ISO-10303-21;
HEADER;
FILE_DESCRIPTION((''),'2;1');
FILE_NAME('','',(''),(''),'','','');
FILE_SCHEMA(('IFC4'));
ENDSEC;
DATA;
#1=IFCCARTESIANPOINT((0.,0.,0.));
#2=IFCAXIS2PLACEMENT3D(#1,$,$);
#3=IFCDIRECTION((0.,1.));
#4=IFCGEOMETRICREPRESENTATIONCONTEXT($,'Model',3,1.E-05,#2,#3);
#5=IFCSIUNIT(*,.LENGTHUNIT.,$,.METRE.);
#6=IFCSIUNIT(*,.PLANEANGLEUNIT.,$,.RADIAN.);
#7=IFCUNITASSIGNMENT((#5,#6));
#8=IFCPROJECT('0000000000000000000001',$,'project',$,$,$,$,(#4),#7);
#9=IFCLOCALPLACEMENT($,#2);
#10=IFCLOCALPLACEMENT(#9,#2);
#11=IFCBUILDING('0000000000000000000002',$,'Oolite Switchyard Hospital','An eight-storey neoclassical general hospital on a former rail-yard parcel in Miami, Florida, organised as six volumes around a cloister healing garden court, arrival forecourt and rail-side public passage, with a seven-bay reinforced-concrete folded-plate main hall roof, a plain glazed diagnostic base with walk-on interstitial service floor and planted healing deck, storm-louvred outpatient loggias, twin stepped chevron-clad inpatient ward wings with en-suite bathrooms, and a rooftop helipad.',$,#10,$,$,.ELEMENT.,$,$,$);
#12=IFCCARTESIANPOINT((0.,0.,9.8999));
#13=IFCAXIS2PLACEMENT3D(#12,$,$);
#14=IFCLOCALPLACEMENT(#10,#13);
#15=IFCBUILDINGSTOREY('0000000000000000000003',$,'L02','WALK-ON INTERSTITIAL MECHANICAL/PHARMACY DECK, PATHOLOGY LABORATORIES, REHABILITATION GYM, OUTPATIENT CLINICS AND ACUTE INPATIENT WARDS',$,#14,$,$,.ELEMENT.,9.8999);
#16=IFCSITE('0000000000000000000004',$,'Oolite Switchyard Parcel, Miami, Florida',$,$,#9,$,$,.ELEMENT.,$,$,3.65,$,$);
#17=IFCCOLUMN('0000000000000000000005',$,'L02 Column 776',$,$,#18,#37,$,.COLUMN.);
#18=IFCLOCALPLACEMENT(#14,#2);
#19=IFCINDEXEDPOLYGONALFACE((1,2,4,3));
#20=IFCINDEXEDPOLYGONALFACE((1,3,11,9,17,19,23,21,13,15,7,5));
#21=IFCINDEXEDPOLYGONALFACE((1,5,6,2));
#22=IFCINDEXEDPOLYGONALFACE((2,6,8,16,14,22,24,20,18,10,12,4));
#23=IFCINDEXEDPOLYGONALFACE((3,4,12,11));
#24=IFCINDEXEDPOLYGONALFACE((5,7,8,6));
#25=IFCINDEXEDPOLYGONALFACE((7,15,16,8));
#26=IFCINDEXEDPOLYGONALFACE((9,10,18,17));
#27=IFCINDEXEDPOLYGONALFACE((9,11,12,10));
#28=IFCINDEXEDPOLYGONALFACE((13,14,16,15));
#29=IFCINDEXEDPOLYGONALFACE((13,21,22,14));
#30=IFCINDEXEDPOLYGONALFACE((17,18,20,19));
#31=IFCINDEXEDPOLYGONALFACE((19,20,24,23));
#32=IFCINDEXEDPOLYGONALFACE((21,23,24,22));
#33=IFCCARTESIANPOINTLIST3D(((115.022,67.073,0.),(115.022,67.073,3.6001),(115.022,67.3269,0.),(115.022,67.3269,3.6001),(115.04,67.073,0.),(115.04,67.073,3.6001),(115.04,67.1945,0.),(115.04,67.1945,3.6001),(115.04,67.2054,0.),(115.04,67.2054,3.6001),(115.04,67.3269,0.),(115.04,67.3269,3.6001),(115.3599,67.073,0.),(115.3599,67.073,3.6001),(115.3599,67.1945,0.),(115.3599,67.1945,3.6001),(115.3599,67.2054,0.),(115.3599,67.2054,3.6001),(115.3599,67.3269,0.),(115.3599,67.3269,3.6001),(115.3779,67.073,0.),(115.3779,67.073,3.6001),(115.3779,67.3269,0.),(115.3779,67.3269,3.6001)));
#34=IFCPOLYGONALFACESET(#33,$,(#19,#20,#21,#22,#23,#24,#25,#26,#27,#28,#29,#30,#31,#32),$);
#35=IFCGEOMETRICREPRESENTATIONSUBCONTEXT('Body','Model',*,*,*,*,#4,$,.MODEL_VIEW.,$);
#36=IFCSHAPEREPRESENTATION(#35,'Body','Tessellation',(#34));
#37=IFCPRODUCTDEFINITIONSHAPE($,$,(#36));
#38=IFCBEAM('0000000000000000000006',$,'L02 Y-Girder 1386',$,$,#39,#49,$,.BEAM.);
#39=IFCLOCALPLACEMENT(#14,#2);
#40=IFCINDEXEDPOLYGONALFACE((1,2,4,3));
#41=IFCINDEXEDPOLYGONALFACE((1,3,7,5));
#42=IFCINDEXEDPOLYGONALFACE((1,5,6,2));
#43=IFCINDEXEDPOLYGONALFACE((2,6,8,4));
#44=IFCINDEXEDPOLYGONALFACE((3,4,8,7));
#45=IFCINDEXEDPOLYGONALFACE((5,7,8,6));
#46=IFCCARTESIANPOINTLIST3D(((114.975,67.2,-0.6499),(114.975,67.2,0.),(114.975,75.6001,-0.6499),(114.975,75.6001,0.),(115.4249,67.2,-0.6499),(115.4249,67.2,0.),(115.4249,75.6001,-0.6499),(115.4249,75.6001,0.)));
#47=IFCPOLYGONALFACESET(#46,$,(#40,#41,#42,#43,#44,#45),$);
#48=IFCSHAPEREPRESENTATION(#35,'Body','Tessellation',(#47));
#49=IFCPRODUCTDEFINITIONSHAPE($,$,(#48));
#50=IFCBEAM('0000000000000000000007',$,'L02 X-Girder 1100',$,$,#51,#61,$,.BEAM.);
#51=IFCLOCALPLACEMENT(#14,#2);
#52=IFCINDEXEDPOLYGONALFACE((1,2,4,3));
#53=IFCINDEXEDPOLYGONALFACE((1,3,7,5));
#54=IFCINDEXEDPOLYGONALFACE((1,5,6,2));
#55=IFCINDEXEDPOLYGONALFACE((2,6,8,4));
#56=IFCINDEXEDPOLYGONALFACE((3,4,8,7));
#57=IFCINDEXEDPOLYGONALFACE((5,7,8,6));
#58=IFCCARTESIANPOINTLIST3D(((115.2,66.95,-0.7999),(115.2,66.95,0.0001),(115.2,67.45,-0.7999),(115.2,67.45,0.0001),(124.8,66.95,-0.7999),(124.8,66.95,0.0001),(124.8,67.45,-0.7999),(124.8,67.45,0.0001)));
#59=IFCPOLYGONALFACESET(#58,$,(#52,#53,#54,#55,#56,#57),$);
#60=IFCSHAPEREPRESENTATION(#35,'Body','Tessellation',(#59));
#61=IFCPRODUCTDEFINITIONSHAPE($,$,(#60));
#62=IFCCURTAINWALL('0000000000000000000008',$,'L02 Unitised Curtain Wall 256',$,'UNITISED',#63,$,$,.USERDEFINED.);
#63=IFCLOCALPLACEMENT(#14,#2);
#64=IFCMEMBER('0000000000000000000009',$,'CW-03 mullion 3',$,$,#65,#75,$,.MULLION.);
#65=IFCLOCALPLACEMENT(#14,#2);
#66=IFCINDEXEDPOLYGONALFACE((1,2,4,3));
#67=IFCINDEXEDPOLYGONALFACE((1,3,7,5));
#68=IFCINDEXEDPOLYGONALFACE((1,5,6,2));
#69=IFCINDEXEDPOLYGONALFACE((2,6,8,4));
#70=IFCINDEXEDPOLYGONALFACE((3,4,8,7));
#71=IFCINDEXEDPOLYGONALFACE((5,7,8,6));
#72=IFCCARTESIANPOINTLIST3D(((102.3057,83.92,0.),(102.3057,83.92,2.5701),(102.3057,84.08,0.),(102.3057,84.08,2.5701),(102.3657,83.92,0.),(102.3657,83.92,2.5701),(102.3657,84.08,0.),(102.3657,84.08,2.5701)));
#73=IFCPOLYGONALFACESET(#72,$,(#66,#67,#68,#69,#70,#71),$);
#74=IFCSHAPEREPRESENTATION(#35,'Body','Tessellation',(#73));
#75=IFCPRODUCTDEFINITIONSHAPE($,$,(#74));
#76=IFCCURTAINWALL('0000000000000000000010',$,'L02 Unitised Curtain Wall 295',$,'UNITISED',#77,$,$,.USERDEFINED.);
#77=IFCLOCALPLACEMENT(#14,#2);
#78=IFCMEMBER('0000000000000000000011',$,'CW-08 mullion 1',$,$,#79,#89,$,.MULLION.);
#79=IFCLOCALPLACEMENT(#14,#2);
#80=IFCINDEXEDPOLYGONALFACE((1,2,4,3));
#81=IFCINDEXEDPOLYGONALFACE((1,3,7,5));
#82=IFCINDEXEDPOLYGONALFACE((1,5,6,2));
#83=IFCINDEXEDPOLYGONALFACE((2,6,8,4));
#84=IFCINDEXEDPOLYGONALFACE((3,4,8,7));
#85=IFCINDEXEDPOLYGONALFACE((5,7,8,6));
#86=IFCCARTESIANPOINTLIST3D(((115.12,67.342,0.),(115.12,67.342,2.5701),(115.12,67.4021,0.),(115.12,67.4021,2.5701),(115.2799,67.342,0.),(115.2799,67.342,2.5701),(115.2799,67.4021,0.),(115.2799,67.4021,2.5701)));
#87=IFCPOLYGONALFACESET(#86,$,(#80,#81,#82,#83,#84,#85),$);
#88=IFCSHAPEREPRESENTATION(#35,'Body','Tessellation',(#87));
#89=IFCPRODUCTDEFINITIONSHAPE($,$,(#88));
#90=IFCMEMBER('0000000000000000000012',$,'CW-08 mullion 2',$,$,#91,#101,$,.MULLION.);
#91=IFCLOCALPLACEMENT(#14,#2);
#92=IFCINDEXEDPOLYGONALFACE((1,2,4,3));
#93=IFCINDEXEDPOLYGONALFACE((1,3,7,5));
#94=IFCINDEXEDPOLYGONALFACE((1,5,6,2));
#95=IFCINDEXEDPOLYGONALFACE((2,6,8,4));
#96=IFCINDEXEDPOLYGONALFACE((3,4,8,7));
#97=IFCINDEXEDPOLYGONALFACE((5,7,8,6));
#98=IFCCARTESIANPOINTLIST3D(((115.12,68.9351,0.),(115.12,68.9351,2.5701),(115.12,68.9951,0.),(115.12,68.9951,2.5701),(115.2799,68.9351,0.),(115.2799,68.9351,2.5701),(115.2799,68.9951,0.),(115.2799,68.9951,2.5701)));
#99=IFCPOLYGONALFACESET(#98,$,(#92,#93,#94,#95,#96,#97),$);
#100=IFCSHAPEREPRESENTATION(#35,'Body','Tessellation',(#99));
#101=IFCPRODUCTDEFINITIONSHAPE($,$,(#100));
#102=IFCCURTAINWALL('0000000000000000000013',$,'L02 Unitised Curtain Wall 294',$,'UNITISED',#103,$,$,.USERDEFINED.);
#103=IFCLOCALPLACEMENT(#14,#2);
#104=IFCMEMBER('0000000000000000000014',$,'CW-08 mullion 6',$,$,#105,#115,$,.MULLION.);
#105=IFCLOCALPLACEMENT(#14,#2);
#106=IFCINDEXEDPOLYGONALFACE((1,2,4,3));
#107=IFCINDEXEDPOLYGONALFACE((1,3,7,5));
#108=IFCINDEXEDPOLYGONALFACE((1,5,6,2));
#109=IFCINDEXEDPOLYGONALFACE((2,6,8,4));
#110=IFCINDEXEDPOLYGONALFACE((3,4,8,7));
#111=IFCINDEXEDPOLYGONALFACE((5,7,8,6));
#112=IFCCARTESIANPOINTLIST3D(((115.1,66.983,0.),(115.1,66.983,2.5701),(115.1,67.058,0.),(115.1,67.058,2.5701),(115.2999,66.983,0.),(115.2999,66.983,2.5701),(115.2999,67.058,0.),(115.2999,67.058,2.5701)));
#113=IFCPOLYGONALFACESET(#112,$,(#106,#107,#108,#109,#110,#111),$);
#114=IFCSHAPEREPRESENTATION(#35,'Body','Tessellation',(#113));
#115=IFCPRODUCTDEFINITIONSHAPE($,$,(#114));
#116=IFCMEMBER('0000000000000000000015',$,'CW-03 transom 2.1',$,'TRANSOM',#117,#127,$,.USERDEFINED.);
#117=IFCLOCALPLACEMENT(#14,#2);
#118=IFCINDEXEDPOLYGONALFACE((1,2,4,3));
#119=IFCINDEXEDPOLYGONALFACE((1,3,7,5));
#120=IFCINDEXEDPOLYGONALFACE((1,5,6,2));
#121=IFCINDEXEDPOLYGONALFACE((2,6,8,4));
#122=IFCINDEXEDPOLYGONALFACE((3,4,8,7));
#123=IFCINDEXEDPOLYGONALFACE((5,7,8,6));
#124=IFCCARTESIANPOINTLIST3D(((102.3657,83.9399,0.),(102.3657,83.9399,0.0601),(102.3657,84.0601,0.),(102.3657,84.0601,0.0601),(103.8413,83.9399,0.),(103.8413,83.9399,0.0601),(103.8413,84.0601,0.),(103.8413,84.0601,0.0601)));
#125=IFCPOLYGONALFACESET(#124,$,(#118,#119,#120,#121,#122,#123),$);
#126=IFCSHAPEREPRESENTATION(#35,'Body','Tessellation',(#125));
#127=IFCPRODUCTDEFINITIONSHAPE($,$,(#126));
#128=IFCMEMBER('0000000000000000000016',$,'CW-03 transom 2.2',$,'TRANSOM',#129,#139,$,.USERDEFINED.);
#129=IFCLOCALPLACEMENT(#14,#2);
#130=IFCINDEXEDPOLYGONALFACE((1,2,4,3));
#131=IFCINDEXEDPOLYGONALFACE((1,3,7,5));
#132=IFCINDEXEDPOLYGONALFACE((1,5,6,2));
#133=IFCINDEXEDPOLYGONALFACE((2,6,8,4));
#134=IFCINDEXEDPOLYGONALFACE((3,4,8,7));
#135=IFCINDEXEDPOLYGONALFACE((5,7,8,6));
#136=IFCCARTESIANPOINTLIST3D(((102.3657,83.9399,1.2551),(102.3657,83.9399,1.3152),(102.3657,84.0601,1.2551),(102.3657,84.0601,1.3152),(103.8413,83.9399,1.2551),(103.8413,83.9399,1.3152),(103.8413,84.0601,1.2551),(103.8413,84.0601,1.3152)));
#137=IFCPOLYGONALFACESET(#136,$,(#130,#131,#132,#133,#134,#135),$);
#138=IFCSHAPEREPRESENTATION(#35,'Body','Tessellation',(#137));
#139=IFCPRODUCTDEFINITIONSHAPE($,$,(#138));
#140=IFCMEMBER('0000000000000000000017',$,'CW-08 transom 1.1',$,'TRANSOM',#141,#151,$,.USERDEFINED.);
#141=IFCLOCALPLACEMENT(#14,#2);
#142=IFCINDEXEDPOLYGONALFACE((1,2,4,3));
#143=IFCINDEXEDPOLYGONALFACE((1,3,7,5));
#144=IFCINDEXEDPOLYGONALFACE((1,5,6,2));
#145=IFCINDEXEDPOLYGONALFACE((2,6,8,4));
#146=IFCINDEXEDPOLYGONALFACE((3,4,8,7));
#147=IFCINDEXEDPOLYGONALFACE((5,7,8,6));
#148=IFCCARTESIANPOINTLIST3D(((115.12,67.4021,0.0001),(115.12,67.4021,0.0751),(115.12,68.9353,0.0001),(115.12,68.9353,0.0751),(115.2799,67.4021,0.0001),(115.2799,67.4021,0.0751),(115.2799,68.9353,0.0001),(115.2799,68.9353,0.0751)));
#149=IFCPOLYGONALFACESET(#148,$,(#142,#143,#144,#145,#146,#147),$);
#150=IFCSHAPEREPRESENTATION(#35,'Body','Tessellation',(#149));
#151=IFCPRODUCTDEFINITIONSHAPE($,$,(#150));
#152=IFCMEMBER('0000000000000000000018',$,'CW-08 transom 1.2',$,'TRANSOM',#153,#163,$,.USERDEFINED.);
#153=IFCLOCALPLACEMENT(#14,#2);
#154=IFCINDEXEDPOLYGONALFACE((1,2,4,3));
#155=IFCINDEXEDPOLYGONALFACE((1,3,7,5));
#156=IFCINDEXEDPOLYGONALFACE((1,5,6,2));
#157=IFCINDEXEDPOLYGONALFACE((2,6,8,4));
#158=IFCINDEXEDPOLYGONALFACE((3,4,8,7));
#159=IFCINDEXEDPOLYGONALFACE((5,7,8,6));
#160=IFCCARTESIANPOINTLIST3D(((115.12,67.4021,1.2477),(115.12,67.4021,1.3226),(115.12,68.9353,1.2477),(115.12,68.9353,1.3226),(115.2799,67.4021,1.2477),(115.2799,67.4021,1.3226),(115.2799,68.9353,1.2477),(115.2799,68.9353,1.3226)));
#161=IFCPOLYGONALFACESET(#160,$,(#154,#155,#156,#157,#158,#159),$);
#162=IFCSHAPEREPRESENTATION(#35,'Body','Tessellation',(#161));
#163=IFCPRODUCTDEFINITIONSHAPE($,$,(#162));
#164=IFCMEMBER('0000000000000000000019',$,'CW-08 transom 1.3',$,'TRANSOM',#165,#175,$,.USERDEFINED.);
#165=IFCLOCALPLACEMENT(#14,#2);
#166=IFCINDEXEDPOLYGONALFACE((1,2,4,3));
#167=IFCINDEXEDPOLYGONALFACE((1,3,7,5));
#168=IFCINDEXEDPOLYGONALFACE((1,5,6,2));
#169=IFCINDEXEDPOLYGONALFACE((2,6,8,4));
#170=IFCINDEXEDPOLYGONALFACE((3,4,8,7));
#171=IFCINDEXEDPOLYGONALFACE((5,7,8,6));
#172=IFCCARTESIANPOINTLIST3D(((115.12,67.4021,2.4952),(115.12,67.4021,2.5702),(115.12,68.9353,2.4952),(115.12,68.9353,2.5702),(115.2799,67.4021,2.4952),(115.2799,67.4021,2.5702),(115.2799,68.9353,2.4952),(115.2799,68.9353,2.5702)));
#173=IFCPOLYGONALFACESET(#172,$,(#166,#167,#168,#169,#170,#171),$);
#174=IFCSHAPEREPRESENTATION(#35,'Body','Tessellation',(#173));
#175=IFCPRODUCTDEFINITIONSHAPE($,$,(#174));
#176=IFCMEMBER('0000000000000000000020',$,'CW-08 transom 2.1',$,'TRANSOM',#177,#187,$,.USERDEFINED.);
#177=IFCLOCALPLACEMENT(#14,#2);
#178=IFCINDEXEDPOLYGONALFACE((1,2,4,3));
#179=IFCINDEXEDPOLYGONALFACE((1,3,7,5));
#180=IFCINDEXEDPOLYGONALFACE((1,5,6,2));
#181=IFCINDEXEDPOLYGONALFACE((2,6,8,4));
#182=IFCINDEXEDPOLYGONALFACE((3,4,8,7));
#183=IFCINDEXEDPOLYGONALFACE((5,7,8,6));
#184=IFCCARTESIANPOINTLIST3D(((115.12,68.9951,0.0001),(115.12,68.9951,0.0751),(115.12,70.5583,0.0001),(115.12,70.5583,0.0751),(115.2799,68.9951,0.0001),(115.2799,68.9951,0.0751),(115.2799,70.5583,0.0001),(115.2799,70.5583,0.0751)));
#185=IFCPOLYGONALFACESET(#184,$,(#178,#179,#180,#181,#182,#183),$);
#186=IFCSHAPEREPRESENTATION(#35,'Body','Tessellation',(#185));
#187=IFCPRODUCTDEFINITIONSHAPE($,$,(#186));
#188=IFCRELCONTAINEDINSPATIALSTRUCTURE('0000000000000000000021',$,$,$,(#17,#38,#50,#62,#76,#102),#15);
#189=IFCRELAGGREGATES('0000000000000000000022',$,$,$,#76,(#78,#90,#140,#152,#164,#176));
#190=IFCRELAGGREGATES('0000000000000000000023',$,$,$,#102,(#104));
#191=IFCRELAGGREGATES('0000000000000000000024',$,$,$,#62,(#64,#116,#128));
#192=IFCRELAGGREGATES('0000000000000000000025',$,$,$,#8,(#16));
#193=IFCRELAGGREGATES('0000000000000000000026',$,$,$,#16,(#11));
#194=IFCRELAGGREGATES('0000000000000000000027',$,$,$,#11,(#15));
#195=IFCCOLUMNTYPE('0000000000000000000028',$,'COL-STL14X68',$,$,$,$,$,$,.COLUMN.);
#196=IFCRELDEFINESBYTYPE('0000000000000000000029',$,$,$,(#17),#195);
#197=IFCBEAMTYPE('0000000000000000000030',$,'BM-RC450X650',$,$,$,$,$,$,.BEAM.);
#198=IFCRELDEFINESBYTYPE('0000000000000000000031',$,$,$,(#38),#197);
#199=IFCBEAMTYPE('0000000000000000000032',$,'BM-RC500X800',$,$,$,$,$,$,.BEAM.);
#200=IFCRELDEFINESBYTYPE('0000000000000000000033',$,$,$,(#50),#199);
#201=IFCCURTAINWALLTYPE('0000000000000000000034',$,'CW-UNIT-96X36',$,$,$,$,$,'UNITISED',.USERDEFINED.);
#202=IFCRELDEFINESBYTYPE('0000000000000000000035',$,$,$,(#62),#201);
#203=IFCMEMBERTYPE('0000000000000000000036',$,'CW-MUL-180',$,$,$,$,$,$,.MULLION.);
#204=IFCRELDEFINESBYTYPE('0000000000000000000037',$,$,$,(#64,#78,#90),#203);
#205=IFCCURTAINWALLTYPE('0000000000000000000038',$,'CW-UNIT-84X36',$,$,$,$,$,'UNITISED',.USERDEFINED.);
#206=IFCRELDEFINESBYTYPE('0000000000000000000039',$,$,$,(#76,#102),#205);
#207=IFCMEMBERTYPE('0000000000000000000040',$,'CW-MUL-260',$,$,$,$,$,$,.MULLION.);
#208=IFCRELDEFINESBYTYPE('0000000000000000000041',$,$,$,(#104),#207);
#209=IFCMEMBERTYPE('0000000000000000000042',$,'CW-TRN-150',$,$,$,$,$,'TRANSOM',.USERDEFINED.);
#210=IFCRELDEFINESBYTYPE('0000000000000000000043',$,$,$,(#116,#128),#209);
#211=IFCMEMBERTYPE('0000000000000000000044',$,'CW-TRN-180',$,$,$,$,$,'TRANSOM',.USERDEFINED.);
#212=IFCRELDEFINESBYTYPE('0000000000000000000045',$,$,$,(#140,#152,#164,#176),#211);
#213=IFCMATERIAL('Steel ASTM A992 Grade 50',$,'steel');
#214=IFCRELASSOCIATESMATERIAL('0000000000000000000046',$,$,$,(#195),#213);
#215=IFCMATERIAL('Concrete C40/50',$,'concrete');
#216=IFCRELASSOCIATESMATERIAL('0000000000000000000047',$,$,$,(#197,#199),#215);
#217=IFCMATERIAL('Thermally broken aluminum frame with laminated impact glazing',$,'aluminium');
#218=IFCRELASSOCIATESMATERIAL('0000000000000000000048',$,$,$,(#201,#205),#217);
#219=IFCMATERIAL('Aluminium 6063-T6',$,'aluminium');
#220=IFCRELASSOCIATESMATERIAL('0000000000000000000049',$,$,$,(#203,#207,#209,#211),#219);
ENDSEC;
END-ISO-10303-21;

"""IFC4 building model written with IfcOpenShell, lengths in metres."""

from ifc_helpers import new_model, si_unit, direction, frame, origin, origin_2d, place, context, subcontext, project, spatial, rectangle, i_section, extrude, material, material_profile, profile_set, type_object, element, aggregate, save


model = new_model("IFC4")

# Units and contexts
model_context = context("Model", 3, precision=1e-05, world=origin(), true_north=direction((0.0, 1.0)))
body_context = subcontext(model_context, "Body", "Model", "MODEL_VIEW")
ifc_project = project(units=[si_unit("LENGTHUNIT", "METRE"), si_unit("PLANEANGLEUNIT", "RADIAN")], contexts=[model_context])

# Site, building, storey
site_placement = place(None, origin())
site = spatial("IfcSite", under=ifc_project, at=site_placement, Name="Oolite Switchyard Parcel, Miami, Florida", CompositionType="ELEMENT", RefElevation=3.65)
building_placement = place(site_placement, origin())
building = spatial("IfcBuilding", under=site, at=building_placement, Name="Oolite Switchyard Hospital", Description="An eight-storey neoclassical general hospital on a former rail-yard parcel in Miami, Florida, organised as six volumes around a cloister healing garden court, arrival forecourt and rail-side public passage, with a seven-bay reinforced-concrete folded-plate main hall roof, a plain glazed diagnostic base with walk-on interstitial service floor and planted healing deck, storm-louvred outpatient loggias, twin stepped chevron-clad inpatient ward wings with en-suite bathrooms, and a rooftop helipad.", CompositionType="ELEMENT")
storey_placement = place(building_placement, frame((0.0, 0.0, 9.8999)))
storey = spatial("IfcBuildingStorey", under=building, at=storey_placement, Name="L02", Description="WALK-ON INTERSTITIAL MECHANICAL/PHARMACY DECK, PATHOLOGY LABORATORIES, REHABILITATION GYM, OUTPATIENT CLINICS AND ACUTE INPATIENT WARDS", CompositionType="ELEMENT", Elevation=9.8999)

# Column
ifc_material_1 = material(Name="Steel ASTM A992 Grade 50", Category="steel")
ifc_material_profile_1 = material_profile(ifc_material_1, i_section(OverallWidth=0.2539, OverallDepth=0.356, WebThickness=0.011, FlangeThickness=0.0181, at=origin_2d()), Name="W14X68")
ifc_profile_set_1 = profile_set([ifc_material_profile_1], Name="Steel ASTM A992 Grade 50")
column_type = type_object("IfcColumnType", Name="COL-STL14X68", PredefinedType="COLUMN", material=ifc_profile_set_1)
column_placement = place(storey_placement, frame((115.2, 67.2, 0.0), z_axis=(0.0, 0.0, 1.0), x_axis=(0.0, -1.0, 0.0)))
element("IfcColumn", 1, at=column_placement, inside=storey, type_object=column_type, Name="L02 Column 776", PredefinedType="COLUMN", context=body_context, shape_type="SweptSolid", body=[
    extrude(i_section(OverallWidth=0.2539, OverallDepth=0.356, WebThickness=0.011, FlangeThickness=0.0181, at=origin_2d()), origin(), (0.0, 0.0, 1.0), 3.6001),
])

# Beams
ifc_material_2 = material(Name="Concrete C40/50", Category="concrete")
ifc_material_profile_2 = material_profile(ifc_material_2, rectangle(XDim=0.45, YDim=0.6499, at=origin_2d()), Name="RCB450X650")
ifc_profile_set_2 = profile_set([ifc_material_profile_2], Name="Concrete C40/50")
beam_type_1 = type_object("IfcBeamType", Name="BM-RC450X650", PredefinedType="BEAM", material=ifc_profile_set_2)
beam_1_placement = place(storey_placement, frame((115.2, 67.2, -0.325), z_axis=(0.0, 1.0, 0.0), x_axis=(-1.0, 0.0, 0.0)))
element("IfcBeam", 2, at=beam_1_placement, inside=storey, type_object=beam_type_1, Name="L02 Y-Girder 1386", PredefinedType="BEAM", context=body_context, shape_type="SweptSolid", body=[
    extrude(rectangle(XDim=0.45, YDim=0.6499, at=origin_2d()), origin(), (0.0, 0.0, 1.0), 8.4001),
])
ifc_material_profile_3 = material_profile(ifc_material_2, rectangle(XDim=0.5, YDim=0.8, at=origin_2d()), Name="RCB500X800")
ifc_profile_set_3 = profile_set([ifc_material_profile_3], Name="Concrete C40/50")
beam_type_2 = type_object("IfcBeamType", Name="BM-RC500X800", PredefinedType="BEAM", material=ifc_profile_set_3)
beam_2_placement = place(storey_placement, frame((115.2, 67.2, -0.3999), z_axis=(1.0, 0.0, 0.0), x_axis=(0.0, 1.0, 0.0)))
element("IfcBeam", 3, at=beam_2_placement, inside=storey, type_object=beam_type_2, Name="L02 X-Girder 1100", PredefinedType="BEAM", context=body_context, shape_type="SweptSolid", body=[
    extrude(rectangle(XDim=0.5, YDim=0.8, at=origin_2d()), origin(), (0.0, 0.0, 1.0), 9.6001),
])

# Curtain wall, member
ifc_material_3 = material(Name="Thermally broken aluminum frame with laminated impact glazing", Category="aluminium")
curtain_wall_type_1 = type_object("IfcCurtainWallType", Name="CW-UNIT-96X36", ElementType="UNITISED", PredefinedType="USERDEFINED", material=ifc_material_3)
curtain_wall_1_placement = place(storey_placement, origin())
curtain_wall_1 = element("IfcCurtainWall", 4, at=curtain_wall_1_placement, inside=storey, type_object=curtain_wall_type_1, Name="L02 Unitised Curtain Wall 256", ObjectType="UNITISED", PredefinedType="USERDEFINED")
ifc_material_4 = material(Name="Aluminium 6063-T6", Category="aluminium")
ifc_material_profile_4 = material_profile(ifc_material_4, rectangle(XDim=0.1599, YDim=0.0601, at=origin_2d()), Name="CWM60X160")
ifc_profile_set_4 = profile_set([ifc_material_profile_4], Name="Aluminium 6063-T6")
member_type_1 = type_object("IfcMemberType", Name="CW-MUL-180", PredefinedType="MULLION", material=ifc_profile_set_4)
member_1_placement = place(storey_placement, frame((102.3357, 84.0, 0.0), z_axis=(0.0, 0.0, 1.0), x_axis=(0.0, -1.0, 0.0)))
member_1 = element("IfcMember", 5, at=member_1_placement, type_object=member_type_1, Name="CW-03 mullion 3", PredefinedType="MULLION", context=body_context, shape_type="SweptSolid", body=[
    extrude(rectangle(XDim=0.1599, YDim=0.0601, at=origin_2d()), origin(), (0.0, 0.0, 1.0), 2.5701),
])

# Curtain wall, members
curtain_wall_type_2 = type_object("IfcCurtainWallType", Name="CW-UNIT-84X36", ElementType="UNITISED", PredefinedType="USERDEFINED", material=ifc_material_3)
curtain_wall_2_placement = place(storey_placement, origin())
curtain_wall_2 = element("IfcCurtainWall", 6, at=curtain_wall_2_placement, inside=storey, type_object=curtain_wall_type_2, Name="L02 Unitised Curtain Wall 295", ObjectType="UNITISED", PredefinedType="USERDEFINED")
member_2_placement = place(storey_placement, frame((115.2, 67.3721, 0.0), z_axis=(0.0, 0.0, 1.0), x_axis=(-1.0, 0.0, 0.0)))
member_2 = element("IfcMember", 7, at=member_2_placement, type_object=member_type_1, Name="CW-08 mullion 1", PredefinedType="MULLION", context=body_context, shape_type="SweptSolid", body=[
    extrude(rectangle(XDim=0.1599, YDim=0.0601, at=origin_2d()), origin(), (0.0, 0.0, 1.0), 2.5701),
])
member_3_placement = place(storey_placement, frame((115.2, 68.9651, 0.0), z_axis=(0.0, 0.0, 1.0), x_axis=(-1.0, 0.0, 0.0)))
member_3 = element("IfcMember", 8, at=member_3_placement, type_object=member_type_1, Name="CW-08 mullion 2", PredefinedType="MULLION", context=body_context, shape_type="SweptSolid", body=[
    extrude(rectangle(XDim=0.1599, YDim=0.0601, at=origin_2d()), origin(), (0.0, 0.0, 1.0), 2.5701),
])

# Curtain wall, member
curtain_wall_3_placement = place(storey_placement, origin())
curtain_wall_3 = element("IfcCurtainWall", 9, at=curtain_wall_3_placement, inside=storey, type_object=curtain_wall_type_2, Name="L02 Unitised Curtain Wall 294", ObjectType="UNITISED", PredefinedType="USERDEFINED")
ifc_material_profile_5 = material_profile(ifc_material_4, rectangle(XDim=0.2, YDim=0.075, at=origin_2d()), Name="CWM75X200")
ifc_profile_set_5 = profile_set([ifc_material_profile_5], Name="Aluminium 6063-T6")
member_type_2 = type_object("IfcMemberType", Name="CW-MUL-260", PredefinedType="MULLION", material=ifc_profile_set_5)
member_4_placement = place(storey_placement, frame((115.2, 67.0205, 0.0), z_axis=(0.0, 0.0, 1.0), x_axis=(-1.0, 0.0, 0.0)))
member_4 = element("IfcMember", 10, at=member_4_placement, type_object=member_type_2, Name="CW-08 mullion 6", PredefinedType="MULLION", context=body_context, shape_type="SweptSolid", body=[
    extrude(rectangle(XDim=0.2, YDim=0.075, at=origin_2d()), origin(), (0.0, 0.0, 1.0), 2.5701),
])

# Members
ifc_material_profile_6 = material_profile(ifc_material_4, rectangle(XDim=0.1201, YDim=0.0601, at=origin_2d()), Name="CWT60X120")
ifc_profile_set_6 = profile_set([ifc_material_profile_6], Name="Aluminium 6063-T6")
member_type_3 = type_object("IfcMemberType", Name="CW-TRN-150", ElementType="TRANSOM", PredefinedType="USERDEFINED", material=ifc_profile_set_6)
member_5_placement = place(storey_placement, frame((103.8413, 84.0, 0.03), z_axis=(-1.0, 0.0, 0.0), x_axis=(0.0, -1.0, 0.0)))
member_5 = element("IfcMember", 11, at=member_5_placement, type_object=member_type_3, Name="CW-03 transom 2.1", ObjectType="TRANSOM", PredefinedType="USERDEFINED", context=body_context, shape_type="SweptSolid", body=[
    extrude(rectangle(XDim=0.1201, YDim=0.0601, at=origin_2d()), origin(), (0.0, 0.0, 1.0), 1.4756),
])
member_6_placement = place(storey_placement, frame((103.8413, 84.0, 1.2852), z_axis=(-1.0, 0.0, 0.0), x_axis=(0.0, -1.0, 0.0)))
member_6 = element("IfcMember", 12, at=member_6_placement, type_object=member_type_3, Name="CW-03 transom 2.2", ObjectType="TRANSOM", PredefinedType="USERDEFINED", context=body_context, shape_type="SweptSolid", body=[
    extrude(rectangle(XDim=0.1201, YDim=0.0601, at=origin_2d()), origin(), (0.0, 0.0, 1.0), 1.4756),
])
ifc_material_profile_7 = material_profile(ifc_material_4, rectangle(XDim=0.1599, YDim=0.075, at=origin_2d()), Name="CWT75X160")
ifc_profile_set_7 = profile_set([ifc_material_profile_7], Name="Aluminium 6063-T6")
member_type_4 = type_object("IfcMemberType", Name="CW-TRN-180", ElementType="TRANSOM", PredefinedType="USERDEFINED", material=ifc_profile_set_7)
member_7_placement = place(storey_placement, frame((115.2, 67.4021, 0.0376), z_axis=(0.0, 1.0, 0.0), x_axis=(-1.0, 0.0, 0.0)))
member_7 = element("IfcMember", 13, at=member_7_placement, type_object=member_type_4, Name="CW-08 transom 1.1", ObjectType="TRANSOM", PredefinedType="USERDEFINED", context=body_context, shape_type="SweptSolid", body=[
    extrude(rectangle(XDim=0.1599, YDim=0.075, at=origin_2d()), origin(), (0.0, 0.0, 1.0), 1.5332),
])
member_8_placement = place(storey_placement, frame((115.2, 67.4021, 1.2852), z_axis=(0.0, 1.0, 0.0), x_axis=(-1.0, 0.0, 0.0)))
member_8 = element("IfcMember", 14, at=member_8_placement, type_object=member_type_4, Name="CW-08 transom 1.2", ObjectType="TRANSOM", PredefinedType="USERDEFINED", context=body_context, shape_type="SweptSolid", body=[
    extrude(rectangle(XDim=0.1599, YDim=0.075, at=origin_2d()), origin(), (0.0, 0.0, 1.0), 1.5332),
])
member_9_placement = place(storey_placement, frame((115.2, 67.4021, 2.5327), z_axis=(0.0, 1.0, 0.0), x_axis=(-1.0, 0.0, 0.0)))
member_9 = element("IfcMember", 15, at=member_9_placement, type_object=member_type_4, Name="CW-08 transom 1.3", ObjectType="TRANSOM", PredefinedType="USERDEFINED", context=body_context, shape_type="SweptSolid", body=[
    extrude(rectangle(XDim=0.1599, YDim=0.075, at=origin_2d()), origin(), (0.0, 0.0, 1.0), 1.5332),
])
member_10_placement = place(storey_placement, frame((115.2, 68.9951, 0.0376), z_axis=(0.0, 1.0, 0.0), x_axis=(-1.0, 0.0, 0.0)))
member_10 = element("IfcMember", 16, at=member_10_placement, type_object=member_type_4, Name="CW-08 transom 2.1", ObjectType="TRANSOM", PredefinedType="USERDEFINED", context=body_context, shape_type="SweptSolid", body=[
    extrude(rectangle(XDim=0.1599, YDim=0.075, at=origin_2d()), origin(), (0.0, 0.0, 1.0), 1.5632),
])

aggregate(curtain_wall_2, [member_2, member_3, member_7, member_8, member_9, member_10])
aggregate(curtain_wall_3, [member_4])
aggregate(curtain_wall_1, [member_1, member_5, member_6])

save(model, "model.ifc")
